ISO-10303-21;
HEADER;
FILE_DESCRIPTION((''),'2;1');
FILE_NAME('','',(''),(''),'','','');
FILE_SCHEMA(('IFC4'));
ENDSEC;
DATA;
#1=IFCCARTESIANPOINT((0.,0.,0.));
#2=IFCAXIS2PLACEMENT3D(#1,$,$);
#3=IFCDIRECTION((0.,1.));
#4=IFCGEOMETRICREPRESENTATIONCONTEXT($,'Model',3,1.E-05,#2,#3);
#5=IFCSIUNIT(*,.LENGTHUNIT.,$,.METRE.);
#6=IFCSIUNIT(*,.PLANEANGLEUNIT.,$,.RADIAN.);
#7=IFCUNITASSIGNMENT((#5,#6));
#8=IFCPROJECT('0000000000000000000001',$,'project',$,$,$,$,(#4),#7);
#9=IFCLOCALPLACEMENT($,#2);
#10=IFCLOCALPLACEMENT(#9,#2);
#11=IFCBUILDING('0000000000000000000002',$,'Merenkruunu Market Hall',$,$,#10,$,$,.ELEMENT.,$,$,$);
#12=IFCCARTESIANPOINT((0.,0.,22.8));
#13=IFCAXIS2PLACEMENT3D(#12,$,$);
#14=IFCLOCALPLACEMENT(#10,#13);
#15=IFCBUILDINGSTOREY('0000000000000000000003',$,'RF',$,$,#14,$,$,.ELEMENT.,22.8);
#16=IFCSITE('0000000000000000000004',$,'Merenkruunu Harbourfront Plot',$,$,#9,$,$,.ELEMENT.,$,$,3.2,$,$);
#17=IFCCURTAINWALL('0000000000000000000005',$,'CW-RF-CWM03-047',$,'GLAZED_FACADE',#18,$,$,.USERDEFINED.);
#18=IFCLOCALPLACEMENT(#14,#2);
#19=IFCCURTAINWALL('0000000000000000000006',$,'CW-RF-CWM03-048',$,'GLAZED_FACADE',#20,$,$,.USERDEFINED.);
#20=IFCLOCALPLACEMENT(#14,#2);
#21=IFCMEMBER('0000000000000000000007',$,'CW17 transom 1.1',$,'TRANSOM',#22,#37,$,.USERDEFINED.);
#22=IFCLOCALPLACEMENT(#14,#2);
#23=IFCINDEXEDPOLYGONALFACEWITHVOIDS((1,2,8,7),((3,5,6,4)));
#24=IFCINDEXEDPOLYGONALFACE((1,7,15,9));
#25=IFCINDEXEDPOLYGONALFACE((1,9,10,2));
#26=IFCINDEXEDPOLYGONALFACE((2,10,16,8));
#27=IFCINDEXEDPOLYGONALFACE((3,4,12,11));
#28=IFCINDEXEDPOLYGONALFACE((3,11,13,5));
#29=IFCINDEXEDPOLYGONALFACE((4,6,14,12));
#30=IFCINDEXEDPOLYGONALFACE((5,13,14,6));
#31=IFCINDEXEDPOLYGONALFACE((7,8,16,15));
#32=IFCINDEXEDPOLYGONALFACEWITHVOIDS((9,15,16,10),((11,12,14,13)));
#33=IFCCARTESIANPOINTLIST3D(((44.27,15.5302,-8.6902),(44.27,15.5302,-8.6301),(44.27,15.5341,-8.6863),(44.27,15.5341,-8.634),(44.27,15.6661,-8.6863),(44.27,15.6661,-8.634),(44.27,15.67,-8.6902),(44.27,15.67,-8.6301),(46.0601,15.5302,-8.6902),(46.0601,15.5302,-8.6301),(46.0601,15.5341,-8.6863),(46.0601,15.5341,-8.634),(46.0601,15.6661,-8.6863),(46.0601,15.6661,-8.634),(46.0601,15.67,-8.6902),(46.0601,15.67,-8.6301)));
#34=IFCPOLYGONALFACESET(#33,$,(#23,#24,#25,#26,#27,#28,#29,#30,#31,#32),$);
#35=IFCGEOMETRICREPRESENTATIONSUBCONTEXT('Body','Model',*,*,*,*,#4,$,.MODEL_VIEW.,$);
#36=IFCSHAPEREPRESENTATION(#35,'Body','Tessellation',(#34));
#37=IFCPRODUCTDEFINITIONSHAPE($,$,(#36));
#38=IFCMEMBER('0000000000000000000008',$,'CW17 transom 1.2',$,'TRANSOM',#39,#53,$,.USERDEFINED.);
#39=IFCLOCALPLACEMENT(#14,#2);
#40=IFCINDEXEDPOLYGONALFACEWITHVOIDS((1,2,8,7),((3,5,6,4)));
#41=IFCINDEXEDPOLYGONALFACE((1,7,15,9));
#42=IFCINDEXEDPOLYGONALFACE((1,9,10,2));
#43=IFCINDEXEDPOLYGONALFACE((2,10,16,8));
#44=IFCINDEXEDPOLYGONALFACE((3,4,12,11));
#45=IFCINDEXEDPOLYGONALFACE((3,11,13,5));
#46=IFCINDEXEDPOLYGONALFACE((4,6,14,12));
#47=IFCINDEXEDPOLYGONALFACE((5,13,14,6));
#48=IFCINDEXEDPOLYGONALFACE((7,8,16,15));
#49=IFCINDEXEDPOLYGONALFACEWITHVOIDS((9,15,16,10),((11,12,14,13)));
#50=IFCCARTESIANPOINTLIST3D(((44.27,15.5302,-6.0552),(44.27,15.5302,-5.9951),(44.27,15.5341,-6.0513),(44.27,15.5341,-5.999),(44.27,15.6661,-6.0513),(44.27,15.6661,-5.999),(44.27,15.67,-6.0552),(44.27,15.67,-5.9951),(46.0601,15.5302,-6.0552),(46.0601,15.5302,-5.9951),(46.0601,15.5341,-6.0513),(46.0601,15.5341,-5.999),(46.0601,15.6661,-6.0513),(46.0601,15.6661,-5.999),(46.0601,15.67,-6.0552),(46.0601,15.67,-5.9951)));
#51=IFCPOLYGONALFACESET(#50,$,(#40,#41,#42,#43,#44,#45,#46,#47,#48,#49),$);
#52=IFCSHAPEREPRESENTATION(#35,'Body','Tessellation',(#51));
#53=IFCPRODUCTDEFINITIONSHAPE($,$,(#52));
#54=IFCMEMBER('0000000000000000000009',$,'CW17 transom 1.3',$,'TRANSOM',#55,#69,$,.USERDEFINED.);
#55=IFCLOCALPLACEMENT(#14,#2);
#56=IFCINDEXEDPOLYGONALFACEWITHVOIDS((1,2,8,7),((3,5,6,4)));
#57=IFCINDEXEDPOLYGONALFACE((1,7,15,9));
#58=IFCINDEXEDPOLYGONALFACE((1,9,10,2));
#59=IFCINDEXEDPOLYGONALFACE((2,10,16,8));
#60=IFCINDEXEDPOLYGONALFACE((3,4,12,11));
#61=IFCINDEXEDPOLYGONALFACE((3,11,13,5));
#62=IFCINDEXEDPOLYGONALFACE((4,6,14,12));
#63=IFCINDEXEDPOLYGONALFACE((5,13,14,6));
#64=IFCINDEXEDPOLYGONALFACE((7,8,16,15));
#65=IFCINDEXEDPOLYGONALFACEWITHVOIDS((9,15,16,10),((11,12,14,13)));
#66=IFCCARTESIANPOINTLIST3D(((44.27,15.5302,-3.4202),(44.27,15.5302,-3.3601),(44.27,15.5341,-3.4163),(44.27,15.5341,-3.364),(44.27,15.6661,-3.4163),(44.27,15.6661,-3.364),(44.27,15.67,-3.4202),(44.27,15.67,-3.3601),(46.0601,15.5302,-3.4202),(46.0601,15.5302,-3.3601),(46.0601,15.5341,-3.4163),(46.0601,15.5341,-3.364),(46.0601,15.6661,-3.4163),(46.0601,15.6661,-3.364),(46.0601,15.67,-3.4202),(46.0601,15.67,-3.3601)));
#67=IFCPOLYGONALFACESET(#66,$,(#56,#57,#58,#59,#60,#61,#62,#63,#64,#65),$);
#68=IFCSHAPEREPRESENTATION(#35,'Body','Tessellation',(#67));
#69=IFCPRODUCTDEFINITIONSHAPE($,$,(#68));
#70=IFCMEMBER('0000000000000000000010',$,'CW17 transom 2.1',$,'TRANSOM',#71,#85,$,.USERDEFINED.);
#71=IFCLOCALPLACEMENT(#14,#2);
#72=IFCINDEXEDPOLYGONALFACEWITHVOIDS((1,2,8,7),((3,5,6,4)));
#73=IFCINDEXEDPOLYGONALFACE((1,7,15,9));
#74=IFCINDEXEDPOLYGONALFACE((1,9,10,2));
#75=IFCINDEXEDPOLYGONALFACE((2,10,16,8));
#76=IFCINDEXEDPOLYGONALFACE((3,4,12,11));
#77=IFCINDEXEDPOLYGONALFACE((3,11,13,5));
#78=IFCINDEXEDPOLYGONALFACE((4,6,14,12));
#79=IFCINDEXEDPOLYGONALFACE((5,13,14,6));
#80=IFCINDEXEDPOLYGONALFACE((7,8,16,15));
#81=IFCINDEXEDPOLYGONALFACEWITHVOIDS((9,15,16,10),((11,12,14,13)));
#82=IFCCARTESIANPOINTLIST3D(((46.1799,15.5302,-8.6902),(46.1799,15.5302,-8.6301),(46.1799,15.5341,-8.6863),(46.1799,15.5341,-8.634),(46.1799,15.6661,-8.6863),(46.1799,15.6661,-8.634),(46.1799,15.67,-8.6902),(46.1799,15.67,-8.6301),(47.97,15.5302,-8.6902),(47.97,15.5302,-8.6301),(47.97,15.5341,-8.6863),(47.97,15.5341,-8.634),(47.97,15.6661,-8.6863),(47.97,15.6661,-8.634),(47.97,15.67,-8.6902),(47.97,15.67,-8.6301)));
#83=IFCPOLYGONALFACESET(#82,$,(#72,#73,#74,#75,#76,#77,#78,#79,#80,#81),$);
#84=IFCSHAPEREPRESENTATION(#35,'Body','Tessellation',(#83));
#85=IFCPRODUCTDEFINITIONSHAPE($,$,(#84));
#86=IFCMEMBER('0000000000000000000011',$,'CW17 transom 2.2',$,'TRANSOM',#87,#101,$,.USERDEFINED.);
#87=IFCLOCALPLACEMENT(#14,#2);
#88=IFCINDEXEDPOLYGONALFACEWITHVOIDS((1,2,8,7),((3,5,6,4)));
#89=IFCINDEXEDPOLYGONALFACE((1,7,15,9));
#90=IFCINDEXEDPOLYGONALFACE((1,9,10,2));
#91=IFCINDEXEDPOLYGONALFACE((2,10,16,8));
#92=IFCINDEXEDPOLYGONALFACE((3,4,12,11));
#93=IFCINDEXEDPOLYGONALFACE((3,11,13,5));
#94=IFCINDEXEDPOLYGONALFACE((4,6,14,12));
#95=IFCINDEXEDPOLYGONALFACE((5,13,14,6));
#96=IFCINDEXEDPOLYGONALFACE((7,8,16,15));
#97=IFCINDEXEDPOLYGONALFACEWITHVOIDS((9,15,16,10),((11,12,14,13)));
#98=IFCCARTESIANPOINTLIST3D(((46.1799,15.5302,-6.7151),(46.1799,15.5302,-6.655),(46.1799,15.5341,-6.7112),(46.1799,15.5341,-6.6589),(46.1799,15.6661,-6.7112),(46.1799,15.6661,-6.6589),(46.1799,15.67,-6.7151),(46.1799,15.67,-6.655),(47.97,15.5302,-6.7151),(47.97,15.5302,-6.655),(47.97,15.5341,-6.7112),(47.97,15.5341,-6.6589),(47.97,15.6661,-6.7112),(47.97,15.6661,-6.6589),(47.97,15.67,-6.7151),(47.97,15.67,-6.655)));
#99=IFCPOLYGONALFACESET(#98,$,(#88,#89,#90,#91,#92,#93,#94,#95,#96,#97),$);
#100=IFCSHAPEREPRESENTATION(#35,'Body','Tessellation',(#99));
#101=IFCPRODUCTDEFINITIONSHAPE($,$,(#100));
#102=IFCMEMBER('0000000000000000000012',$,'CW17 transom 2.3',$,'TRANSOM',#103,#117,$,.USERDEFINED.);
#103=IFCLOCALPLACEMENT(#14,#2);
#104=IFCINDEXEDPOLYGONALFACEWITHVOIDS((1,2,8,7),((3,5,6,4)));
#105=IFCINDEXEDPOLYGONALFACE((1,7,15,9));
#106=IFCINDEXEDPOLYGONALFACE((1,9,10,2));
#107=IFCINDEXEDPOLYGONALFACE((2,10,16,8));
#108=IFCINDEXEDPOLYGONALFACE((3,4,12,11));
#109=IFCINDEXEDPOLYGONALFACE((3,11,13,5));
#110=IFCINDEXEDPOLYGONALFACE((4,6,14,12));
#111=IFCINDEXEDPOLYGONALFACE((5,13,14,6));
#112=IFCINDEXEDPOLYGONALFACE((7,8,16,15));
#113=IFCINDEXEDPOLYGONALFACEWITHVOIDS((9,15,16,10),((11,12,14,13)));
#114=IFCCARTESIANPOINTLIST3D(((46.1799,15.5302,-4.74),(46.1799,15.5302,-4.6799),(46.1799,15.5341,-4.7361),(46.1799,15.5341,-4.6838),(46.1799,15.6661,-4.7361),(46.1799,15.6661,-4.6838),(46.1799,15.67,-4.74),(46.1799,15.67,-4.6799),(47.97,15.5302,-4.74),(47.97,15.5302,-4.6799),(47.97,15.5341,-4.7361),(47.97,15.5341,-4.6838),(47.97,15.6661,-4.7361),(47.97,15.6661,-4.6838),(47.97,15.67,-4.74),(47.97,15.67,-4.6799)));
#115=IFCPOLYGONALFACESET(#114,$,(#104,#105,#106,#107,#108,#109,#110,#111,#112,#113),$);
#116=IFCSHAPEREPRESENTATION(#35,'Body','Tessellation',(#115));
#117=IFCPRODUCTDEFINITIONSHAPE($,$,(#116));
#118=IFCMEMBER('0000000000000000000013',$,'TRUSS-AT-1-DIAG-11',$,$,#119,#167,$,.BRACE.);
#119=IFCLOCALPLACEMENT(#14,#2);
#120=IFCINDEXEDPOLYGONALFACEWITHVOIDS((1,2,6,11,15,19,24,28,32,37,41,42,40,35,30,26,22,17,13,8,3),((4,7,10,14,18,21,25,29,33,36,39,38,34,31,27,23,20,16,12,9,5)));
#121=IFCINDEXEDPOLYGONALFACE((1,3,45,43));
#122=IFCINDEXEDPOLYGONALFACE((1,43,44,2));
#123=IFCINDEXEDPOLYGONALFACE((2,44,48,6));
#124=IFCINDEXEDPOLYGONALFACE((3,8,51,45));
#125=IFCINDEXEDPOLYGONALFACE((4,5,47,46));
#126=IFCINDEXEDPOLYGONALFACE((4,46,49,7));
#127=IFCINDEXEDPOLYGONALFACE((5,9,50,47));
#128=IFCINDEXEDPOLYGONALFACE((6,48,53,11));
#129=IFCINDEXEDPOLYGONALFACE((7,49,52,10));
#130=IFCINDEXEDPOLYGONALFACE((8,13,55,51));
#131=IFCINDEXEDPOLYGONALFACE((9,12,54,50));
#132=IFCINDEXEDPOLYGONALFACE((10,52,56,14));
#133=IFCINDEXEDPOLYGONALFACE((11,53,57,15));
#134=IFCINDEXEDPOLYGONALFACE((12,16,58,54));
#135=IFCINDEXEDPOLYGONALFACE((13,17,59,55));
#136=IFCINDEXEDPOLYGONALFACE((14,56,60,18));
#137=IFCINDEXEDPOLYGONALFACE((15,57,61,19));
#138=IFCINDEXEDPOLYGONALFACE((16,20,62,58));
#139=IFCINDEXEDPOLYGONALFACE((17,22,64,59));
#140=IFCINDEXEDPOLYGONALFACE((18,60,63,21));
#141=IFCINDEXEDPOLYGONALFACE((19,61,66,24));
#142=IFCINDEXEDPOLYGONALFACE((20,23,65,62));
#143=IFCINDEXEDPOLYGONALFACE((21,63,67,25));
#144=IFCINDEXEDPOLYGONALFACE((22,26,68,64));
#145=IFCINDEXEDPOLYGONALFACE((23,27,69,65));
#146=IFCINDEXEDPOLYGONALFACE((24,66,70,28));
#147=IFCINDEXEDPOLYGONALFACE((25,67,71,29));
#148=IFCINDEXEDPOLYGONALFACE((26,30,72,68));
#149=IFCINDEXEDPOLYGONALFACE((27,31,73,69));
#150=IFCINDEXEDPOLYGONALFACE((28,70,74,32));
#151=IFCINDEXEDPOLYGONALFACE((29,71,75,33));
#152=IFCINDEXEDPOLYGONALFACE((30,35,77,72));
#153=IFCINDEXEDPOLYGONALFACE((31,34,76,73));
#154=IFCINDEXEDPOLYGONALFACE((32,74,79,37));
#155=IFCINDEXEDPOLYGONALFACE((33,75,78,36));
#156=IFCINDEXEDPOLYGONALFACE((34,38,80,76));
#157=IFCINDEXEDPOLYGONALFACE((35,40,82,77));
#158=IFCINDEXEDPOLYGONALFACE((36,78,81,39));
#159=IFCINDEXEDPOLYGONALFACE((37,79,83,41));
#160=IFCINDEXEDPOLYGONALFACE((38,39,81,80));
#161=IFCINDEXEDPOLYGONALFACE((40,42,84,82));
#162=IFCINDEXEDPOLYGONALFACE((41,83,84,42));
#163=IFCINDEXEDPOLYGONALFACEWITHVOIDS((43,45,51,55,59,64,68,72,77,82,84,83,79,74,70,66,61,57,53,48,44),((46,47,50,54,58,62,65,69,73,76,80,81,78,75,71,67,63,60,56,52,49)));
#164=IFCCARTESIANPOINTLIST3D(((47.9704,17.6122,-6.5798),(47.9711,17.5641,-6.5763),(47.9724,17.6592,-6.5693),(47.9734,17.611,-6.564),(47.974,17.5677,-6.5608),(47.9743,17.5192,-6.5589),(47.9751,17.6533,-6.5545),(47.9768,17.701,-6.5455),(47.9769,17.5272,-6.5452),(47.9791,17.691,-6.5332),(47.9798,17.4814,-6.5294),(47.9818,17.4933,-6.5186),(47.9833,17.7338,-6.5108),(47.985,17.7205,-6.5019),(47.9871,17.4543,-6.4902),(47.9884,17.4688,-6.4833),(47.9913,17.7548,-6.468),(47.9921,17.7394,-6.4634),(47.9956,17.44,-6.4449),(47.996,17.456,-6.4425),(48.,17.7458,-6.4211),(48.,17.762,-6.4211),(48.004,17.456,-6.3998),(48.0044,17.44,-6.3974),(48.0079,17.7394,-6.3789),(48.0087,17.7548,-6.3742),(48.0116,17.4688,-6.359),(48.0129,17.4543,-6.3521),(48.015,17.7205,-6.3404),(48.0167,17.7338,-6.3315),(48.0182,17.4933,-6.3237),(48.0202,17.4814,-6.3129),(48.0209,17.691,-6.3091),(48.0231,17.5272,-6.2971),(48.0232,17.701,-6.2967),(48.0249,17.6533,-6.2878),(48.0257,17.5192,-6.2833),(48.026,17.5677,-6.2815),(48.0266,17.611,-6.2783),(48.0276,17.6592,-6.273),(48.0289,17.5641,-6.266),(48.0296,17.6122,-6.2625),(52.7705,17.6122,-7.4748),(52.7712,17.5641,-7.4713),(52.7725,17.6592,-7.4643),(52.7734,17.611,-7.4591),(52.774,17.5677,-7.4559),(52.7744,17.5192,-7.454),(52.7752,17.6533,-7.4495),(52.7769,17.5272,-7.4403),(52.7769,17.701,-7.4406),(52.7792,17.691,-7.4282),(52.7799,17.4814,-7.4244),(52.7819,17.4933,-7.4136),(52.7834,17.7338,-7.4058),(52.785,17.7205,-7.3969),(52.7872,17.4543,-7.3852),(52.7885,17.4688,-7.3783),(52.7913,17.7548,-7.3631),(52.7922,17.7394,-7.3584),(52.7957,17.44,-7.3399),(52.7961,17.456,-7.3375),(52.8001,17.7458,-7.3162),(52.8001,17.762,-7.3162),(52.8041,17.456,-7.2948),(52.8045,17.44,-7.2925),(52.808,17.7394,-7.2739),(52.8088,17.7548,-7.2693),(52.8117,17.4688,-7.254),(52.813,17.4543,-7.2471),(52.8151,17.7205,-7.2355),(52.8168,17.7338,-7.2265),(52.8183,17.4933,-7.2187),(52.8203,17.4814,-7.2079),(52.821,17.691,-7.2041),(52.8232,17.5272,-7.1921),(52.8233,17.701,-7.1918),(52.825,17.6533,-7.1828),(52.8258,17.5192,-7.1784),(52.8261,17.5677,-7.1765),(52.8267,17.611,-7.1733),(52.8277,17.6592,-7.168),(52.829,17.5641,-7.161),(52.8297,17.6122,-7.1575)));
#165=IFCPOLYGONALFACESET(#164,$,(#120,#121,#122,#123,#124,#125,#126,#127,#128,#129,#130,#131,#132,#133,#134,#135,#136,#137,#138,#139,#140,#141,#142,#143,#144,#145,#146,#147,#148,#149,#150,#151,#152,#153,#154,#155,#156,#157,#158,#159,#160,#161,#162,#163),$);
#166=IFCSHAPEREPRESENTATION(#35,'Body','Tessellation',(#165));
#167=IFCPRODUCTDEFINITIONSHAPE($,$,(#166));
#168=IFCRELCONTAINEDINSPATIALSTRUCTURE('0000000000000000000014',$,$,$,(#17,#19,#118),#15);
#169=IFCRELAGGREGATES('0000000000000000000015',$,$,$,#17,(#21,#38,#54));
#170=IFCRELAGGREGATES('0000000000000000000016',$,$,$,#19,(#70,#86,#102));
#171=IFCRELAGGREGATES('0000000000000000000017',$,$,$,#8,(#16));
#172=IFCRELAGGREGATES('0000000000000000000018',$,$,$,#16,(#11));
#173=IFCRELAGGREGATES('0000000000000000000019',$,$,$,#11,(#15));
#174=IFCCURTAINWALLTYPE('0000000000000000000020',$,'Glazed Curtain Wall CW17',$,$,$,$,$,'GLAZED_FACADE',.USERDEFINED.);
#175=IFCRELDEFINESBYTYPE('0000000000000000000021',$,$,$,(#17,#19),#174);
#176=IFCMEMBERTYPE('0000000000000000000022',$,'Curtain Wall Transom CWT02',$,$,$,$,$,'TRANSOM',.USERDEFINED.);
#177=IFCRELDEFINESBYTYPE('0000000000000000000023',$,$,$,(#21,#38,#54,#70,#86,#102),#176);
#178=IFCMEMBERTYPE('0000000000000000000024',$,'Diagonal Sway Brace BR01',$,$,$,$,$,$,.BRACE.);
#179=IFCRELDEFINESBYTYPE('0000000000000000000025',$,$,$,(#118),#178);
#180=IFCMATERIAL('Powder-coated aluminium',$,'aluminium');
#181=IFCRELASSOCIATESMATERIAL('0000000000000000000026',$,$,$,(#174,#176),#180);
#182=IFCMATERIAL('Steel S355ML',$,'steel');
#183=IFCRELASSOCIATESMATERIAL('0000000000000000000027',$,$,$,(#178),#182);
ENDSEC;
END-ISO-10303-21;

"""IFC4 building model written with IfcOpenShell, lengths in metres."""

from ifc_helpers import new_model, si_unit, direction, frame, origin, origin_2d, place, context, subcontext, project, spatial, hollow_rectangle, hollow_circle, extrude, material, material_profile, profile_set, type_object, element, aggregate, save


model = new_model("IFC4")

# Units and contexts
model_context = context("Model", 3, precision=1e-05, world=origin(), true_north=direction((0.0, 1.0)))
body_context = subcontext(model_context, "Body", "Model", "MODEL_VIEW")
ifc_project = project(units=[si_unit("LENGTHUNIT", "METRE"), si_unit("PLANEANGLEUNIT", "RADIAN")], contexts=[model_context])

# Site, building, storey
site_placement = place(None, origin())
site = spatial("IfcSite", under=ifc_project, at=site_placement, Name="Merenkruunu Harbourfront Plot", CompositionType="ELEMENT", RefElevation=3.2)
building_placement = place(site_placement, origin())
building = spatial("IfcBuilding", under=site, at=building_placement, Name="Merenkruunu Market Hall", CompositionType="ELEMENT")
storey_placement = place(building_placement, frame((0.0, 0.0, 22.8)))
storey = spatial("IfcBuildingStorey", under=building, at=storey_placement, Name="RF", CompositionType="ELEMENT", Elevation=22.8)

# Shared definitions
ifc_material_1 = material(Name="Steel S355ML", Category="steel")

# Curtain wall
ifc_material_2 = material(Name="Powder-coated aluminium", Category="aluminium")
curtain_wall_type_1 = type_object("IfcCurtainWallType", Name="Glazed Curtain Wall CW17", ElementType="GLAZED_FACADE", PredefinedType="USERDEFINED", material=ifc_material_2)
curtain_wall_1_placement = place(storey_placement, origin())
curtain_wall_1 = element("IfcCurtainWall", 1, at=curtain_wall_1_placement, inside=storey, type_object=curtain_wall_type_1, Name="CW-RF-CWM03-047", ObjectType="GLAZED_FACADE", PredefinedType="USERDEFINED")

# Curtain wall
curtain_wall_2_placement = place(storey_placement, origin())
curtain_wall_2 = element("IfcCurtainWall", 2, at=curtain_wall_2_placement, inside=storey, type_object=curtain_wall_type_1, Name="CW-RF-CWM03-048", ObjectType="GLAZED_FACADE", PredefinedType="USERDEFINED")

# Members
ifc_material_profile_1 = material_profile(ifc_material_2, hollow_rectangle(XDim=0.0601, YDim=0.1399, WallThickness=0.0039, at=origin_2d()), Name="ALU 60x140x4")
ifc_profile_set_1 = profile_set([ifc_material_profile_1], Name="Powder-coated aluminium")
member_type_1 = type_object("IfcMemberType", Name="Curtain Wall Transom CWT02", ElementType="TRANSOM", PredefinedType="USERDEFINED", material=ifc_profile_set_1)
member_1_placement = place(storey_placement, frame((46.0601, 15.6001, -8.6602), z_axis=(-1.0, 0.0, 0.0), x_axis=(0.0, 0.0, 1.0)))
member_1 = element("IfcMember", 3, at=member_1_placement, type_object=member_type_1, Name="CW17 transom 1.1", ObjectType="TRANSOM", PredefinedType="USERDEFINED", context=body_context, shape_type="SweptSolid", body=[
    extrude(hollow_rectangle(XDim=0.0601, YDim=0.1399, WallThickness=0.0039, at=origin_2d()), origin(), (0.0, 0.0, 1.0), 1.79),
])
member_2_placement = place(storey_placement, frame((46.0601, 15.6001, -6.0251), z_axis=(-1.0, 0.0, 0.0), x_axis=(0.0, 0.0, 1.0)))
member_2 = element("IfcMember", 4, at=member_2_placement, type_object=member_type_1, Name="CW17 transom 1.2", ObjectType="TRANSOM", PredefinedType="USERDEFINED", context=body_context, shape_type="SweptSolid", body=[
    extrude(hollow_rectangle(XDim=0.0601, YDim=0.1399, WallThickness=0.0039, at=origin_2d()), origin(), (0.0, 0.0, 1.0), 1.79),
])
member_3_placement = place(storey_placement, frame((46.0601, 15.6001, -3.3901), z_axis=(-1.0, 0.0, 0.0), x_axis=(0.0, 0.0, 1.0)))
member_3 = element("IfcMember", 5, at=member_3_placement, type_object=member_type_1, Name="CW17 transom 1.3", ObjectType="TRANSOM", PredefinedType="USERDEFINED", context=body_context, shape_type="SweptSolid", body=[
    extrude(hollow_rectangle(XDim=0.0601, YDim=0.1399, WallThickness=0.0039, at=origin_2d()), origin(), (0.0, 0.0, 1.0), 1.79),
])
member_4_placement = place(storey_placement, frame((47.97, 15.6001, -8.6602), z_axis=(-1.0, 0.0, 0.0), x_axis=(0.0, 0.0, 1.0)))
member_4 = element("IfcMember", 6, at=member_4_placement, type_object=member_type_1, Name="CW17 transom 2.1", ObjectType="TRANSOM", PredefinedType="USERDEFINED", context=body_context, shape_type="SweptSolid", body=[
    extrude(hollow_rectangle(XDim=0.0601, YDim=0.1399, WallThickness=0.0039, at=origin_2d()), origin(), (0.0, 0.0, 1.0), 1.79),
])
member_5_placement = place(storey_placement, frame((47.97, 15.6001, -6.6851), z_axis=(-1.0, 0.0, 0.0), x_axis=(0.0, 0.0, 1.0)))
member_5 = element("IfcMember", 7, at=member_5_placement, type_object=member_type_1, Name="CW17 transom 2.2", ObjectType="TRANSOM", PredefinedType="USERDEFINED", context=body_context, shape_type="SweptSolid", body=[
    extrude(hollow_rectangle(XDim=0.0601, YDim=0.1399, WallThickness=0.0039, at=origin_2d()), origin(), (0.0, 0.0, 1.0), 1.79),
])
member_6_placement = place(storey_placement, frame((47.97, 15.6001, -4.71), z_axis=(-1.0, 0.0, 0.0), x_axis=(0.0, 0.0, 1.0)))
member_6 = element("IfcMember", 8, at=member_6_placement, type_object=member_type_1, Name="CW17 transom 2.3", ObjectType="TRANSOM", PredefinedType="USERDEFINED", context=body_context, shape_type="SweptSolid", body=[
    extrude(hollow_rectangle(XDim=0.0601, YDim=0.1399, WallThickness=0.0039, at=origin_2d()), origin(), (0.0, 0.0, 1.0), 1.79),
])

# Member
ifc_material_profile_2 = material_profile(ifc_material_1, hollow_circle(Radius=0.1619, WallThickness=0.0161, at=origin_2d()), Name="CHS 323.9x16")
ifc_profile_set_2 = profile_set([ifc_material_profile_2], Name="Steel S355ML")
member_type_2 = type_object("IfcMemberType", Name="Diagonal Sway Brace BR01", PredefinedType="BRACE", material=ifc_profile_set_2)
member_7_placement = place(storey_placement, frame((48.0, 17.6001, -6.4211), z_axis=(0.983057, 0.0, -0.183301), x_axis=(0.0, 1.0, 0.0)))
element("IfcMember", 9, at=member_7_placement, inside=storey, type_object=member_type_2, Name="TRUSS-AT-1-DIAG-11", PredefinedType="BRACE", context=body_context, shape_type="SweptSolid", body=[
    extrude(hollow_circle(Radius=0.1619, WallThickness=0.0161, at=origin_2d()), origin(), (0.0, 0.0, 1.0), 4.8828),
])

aggregate(curtain_wall_1, [member_1, member_2, member_3])
aggregate(curtain_wall_2, [member_4, member_5, member_6])

save(model, "model.ifc")
